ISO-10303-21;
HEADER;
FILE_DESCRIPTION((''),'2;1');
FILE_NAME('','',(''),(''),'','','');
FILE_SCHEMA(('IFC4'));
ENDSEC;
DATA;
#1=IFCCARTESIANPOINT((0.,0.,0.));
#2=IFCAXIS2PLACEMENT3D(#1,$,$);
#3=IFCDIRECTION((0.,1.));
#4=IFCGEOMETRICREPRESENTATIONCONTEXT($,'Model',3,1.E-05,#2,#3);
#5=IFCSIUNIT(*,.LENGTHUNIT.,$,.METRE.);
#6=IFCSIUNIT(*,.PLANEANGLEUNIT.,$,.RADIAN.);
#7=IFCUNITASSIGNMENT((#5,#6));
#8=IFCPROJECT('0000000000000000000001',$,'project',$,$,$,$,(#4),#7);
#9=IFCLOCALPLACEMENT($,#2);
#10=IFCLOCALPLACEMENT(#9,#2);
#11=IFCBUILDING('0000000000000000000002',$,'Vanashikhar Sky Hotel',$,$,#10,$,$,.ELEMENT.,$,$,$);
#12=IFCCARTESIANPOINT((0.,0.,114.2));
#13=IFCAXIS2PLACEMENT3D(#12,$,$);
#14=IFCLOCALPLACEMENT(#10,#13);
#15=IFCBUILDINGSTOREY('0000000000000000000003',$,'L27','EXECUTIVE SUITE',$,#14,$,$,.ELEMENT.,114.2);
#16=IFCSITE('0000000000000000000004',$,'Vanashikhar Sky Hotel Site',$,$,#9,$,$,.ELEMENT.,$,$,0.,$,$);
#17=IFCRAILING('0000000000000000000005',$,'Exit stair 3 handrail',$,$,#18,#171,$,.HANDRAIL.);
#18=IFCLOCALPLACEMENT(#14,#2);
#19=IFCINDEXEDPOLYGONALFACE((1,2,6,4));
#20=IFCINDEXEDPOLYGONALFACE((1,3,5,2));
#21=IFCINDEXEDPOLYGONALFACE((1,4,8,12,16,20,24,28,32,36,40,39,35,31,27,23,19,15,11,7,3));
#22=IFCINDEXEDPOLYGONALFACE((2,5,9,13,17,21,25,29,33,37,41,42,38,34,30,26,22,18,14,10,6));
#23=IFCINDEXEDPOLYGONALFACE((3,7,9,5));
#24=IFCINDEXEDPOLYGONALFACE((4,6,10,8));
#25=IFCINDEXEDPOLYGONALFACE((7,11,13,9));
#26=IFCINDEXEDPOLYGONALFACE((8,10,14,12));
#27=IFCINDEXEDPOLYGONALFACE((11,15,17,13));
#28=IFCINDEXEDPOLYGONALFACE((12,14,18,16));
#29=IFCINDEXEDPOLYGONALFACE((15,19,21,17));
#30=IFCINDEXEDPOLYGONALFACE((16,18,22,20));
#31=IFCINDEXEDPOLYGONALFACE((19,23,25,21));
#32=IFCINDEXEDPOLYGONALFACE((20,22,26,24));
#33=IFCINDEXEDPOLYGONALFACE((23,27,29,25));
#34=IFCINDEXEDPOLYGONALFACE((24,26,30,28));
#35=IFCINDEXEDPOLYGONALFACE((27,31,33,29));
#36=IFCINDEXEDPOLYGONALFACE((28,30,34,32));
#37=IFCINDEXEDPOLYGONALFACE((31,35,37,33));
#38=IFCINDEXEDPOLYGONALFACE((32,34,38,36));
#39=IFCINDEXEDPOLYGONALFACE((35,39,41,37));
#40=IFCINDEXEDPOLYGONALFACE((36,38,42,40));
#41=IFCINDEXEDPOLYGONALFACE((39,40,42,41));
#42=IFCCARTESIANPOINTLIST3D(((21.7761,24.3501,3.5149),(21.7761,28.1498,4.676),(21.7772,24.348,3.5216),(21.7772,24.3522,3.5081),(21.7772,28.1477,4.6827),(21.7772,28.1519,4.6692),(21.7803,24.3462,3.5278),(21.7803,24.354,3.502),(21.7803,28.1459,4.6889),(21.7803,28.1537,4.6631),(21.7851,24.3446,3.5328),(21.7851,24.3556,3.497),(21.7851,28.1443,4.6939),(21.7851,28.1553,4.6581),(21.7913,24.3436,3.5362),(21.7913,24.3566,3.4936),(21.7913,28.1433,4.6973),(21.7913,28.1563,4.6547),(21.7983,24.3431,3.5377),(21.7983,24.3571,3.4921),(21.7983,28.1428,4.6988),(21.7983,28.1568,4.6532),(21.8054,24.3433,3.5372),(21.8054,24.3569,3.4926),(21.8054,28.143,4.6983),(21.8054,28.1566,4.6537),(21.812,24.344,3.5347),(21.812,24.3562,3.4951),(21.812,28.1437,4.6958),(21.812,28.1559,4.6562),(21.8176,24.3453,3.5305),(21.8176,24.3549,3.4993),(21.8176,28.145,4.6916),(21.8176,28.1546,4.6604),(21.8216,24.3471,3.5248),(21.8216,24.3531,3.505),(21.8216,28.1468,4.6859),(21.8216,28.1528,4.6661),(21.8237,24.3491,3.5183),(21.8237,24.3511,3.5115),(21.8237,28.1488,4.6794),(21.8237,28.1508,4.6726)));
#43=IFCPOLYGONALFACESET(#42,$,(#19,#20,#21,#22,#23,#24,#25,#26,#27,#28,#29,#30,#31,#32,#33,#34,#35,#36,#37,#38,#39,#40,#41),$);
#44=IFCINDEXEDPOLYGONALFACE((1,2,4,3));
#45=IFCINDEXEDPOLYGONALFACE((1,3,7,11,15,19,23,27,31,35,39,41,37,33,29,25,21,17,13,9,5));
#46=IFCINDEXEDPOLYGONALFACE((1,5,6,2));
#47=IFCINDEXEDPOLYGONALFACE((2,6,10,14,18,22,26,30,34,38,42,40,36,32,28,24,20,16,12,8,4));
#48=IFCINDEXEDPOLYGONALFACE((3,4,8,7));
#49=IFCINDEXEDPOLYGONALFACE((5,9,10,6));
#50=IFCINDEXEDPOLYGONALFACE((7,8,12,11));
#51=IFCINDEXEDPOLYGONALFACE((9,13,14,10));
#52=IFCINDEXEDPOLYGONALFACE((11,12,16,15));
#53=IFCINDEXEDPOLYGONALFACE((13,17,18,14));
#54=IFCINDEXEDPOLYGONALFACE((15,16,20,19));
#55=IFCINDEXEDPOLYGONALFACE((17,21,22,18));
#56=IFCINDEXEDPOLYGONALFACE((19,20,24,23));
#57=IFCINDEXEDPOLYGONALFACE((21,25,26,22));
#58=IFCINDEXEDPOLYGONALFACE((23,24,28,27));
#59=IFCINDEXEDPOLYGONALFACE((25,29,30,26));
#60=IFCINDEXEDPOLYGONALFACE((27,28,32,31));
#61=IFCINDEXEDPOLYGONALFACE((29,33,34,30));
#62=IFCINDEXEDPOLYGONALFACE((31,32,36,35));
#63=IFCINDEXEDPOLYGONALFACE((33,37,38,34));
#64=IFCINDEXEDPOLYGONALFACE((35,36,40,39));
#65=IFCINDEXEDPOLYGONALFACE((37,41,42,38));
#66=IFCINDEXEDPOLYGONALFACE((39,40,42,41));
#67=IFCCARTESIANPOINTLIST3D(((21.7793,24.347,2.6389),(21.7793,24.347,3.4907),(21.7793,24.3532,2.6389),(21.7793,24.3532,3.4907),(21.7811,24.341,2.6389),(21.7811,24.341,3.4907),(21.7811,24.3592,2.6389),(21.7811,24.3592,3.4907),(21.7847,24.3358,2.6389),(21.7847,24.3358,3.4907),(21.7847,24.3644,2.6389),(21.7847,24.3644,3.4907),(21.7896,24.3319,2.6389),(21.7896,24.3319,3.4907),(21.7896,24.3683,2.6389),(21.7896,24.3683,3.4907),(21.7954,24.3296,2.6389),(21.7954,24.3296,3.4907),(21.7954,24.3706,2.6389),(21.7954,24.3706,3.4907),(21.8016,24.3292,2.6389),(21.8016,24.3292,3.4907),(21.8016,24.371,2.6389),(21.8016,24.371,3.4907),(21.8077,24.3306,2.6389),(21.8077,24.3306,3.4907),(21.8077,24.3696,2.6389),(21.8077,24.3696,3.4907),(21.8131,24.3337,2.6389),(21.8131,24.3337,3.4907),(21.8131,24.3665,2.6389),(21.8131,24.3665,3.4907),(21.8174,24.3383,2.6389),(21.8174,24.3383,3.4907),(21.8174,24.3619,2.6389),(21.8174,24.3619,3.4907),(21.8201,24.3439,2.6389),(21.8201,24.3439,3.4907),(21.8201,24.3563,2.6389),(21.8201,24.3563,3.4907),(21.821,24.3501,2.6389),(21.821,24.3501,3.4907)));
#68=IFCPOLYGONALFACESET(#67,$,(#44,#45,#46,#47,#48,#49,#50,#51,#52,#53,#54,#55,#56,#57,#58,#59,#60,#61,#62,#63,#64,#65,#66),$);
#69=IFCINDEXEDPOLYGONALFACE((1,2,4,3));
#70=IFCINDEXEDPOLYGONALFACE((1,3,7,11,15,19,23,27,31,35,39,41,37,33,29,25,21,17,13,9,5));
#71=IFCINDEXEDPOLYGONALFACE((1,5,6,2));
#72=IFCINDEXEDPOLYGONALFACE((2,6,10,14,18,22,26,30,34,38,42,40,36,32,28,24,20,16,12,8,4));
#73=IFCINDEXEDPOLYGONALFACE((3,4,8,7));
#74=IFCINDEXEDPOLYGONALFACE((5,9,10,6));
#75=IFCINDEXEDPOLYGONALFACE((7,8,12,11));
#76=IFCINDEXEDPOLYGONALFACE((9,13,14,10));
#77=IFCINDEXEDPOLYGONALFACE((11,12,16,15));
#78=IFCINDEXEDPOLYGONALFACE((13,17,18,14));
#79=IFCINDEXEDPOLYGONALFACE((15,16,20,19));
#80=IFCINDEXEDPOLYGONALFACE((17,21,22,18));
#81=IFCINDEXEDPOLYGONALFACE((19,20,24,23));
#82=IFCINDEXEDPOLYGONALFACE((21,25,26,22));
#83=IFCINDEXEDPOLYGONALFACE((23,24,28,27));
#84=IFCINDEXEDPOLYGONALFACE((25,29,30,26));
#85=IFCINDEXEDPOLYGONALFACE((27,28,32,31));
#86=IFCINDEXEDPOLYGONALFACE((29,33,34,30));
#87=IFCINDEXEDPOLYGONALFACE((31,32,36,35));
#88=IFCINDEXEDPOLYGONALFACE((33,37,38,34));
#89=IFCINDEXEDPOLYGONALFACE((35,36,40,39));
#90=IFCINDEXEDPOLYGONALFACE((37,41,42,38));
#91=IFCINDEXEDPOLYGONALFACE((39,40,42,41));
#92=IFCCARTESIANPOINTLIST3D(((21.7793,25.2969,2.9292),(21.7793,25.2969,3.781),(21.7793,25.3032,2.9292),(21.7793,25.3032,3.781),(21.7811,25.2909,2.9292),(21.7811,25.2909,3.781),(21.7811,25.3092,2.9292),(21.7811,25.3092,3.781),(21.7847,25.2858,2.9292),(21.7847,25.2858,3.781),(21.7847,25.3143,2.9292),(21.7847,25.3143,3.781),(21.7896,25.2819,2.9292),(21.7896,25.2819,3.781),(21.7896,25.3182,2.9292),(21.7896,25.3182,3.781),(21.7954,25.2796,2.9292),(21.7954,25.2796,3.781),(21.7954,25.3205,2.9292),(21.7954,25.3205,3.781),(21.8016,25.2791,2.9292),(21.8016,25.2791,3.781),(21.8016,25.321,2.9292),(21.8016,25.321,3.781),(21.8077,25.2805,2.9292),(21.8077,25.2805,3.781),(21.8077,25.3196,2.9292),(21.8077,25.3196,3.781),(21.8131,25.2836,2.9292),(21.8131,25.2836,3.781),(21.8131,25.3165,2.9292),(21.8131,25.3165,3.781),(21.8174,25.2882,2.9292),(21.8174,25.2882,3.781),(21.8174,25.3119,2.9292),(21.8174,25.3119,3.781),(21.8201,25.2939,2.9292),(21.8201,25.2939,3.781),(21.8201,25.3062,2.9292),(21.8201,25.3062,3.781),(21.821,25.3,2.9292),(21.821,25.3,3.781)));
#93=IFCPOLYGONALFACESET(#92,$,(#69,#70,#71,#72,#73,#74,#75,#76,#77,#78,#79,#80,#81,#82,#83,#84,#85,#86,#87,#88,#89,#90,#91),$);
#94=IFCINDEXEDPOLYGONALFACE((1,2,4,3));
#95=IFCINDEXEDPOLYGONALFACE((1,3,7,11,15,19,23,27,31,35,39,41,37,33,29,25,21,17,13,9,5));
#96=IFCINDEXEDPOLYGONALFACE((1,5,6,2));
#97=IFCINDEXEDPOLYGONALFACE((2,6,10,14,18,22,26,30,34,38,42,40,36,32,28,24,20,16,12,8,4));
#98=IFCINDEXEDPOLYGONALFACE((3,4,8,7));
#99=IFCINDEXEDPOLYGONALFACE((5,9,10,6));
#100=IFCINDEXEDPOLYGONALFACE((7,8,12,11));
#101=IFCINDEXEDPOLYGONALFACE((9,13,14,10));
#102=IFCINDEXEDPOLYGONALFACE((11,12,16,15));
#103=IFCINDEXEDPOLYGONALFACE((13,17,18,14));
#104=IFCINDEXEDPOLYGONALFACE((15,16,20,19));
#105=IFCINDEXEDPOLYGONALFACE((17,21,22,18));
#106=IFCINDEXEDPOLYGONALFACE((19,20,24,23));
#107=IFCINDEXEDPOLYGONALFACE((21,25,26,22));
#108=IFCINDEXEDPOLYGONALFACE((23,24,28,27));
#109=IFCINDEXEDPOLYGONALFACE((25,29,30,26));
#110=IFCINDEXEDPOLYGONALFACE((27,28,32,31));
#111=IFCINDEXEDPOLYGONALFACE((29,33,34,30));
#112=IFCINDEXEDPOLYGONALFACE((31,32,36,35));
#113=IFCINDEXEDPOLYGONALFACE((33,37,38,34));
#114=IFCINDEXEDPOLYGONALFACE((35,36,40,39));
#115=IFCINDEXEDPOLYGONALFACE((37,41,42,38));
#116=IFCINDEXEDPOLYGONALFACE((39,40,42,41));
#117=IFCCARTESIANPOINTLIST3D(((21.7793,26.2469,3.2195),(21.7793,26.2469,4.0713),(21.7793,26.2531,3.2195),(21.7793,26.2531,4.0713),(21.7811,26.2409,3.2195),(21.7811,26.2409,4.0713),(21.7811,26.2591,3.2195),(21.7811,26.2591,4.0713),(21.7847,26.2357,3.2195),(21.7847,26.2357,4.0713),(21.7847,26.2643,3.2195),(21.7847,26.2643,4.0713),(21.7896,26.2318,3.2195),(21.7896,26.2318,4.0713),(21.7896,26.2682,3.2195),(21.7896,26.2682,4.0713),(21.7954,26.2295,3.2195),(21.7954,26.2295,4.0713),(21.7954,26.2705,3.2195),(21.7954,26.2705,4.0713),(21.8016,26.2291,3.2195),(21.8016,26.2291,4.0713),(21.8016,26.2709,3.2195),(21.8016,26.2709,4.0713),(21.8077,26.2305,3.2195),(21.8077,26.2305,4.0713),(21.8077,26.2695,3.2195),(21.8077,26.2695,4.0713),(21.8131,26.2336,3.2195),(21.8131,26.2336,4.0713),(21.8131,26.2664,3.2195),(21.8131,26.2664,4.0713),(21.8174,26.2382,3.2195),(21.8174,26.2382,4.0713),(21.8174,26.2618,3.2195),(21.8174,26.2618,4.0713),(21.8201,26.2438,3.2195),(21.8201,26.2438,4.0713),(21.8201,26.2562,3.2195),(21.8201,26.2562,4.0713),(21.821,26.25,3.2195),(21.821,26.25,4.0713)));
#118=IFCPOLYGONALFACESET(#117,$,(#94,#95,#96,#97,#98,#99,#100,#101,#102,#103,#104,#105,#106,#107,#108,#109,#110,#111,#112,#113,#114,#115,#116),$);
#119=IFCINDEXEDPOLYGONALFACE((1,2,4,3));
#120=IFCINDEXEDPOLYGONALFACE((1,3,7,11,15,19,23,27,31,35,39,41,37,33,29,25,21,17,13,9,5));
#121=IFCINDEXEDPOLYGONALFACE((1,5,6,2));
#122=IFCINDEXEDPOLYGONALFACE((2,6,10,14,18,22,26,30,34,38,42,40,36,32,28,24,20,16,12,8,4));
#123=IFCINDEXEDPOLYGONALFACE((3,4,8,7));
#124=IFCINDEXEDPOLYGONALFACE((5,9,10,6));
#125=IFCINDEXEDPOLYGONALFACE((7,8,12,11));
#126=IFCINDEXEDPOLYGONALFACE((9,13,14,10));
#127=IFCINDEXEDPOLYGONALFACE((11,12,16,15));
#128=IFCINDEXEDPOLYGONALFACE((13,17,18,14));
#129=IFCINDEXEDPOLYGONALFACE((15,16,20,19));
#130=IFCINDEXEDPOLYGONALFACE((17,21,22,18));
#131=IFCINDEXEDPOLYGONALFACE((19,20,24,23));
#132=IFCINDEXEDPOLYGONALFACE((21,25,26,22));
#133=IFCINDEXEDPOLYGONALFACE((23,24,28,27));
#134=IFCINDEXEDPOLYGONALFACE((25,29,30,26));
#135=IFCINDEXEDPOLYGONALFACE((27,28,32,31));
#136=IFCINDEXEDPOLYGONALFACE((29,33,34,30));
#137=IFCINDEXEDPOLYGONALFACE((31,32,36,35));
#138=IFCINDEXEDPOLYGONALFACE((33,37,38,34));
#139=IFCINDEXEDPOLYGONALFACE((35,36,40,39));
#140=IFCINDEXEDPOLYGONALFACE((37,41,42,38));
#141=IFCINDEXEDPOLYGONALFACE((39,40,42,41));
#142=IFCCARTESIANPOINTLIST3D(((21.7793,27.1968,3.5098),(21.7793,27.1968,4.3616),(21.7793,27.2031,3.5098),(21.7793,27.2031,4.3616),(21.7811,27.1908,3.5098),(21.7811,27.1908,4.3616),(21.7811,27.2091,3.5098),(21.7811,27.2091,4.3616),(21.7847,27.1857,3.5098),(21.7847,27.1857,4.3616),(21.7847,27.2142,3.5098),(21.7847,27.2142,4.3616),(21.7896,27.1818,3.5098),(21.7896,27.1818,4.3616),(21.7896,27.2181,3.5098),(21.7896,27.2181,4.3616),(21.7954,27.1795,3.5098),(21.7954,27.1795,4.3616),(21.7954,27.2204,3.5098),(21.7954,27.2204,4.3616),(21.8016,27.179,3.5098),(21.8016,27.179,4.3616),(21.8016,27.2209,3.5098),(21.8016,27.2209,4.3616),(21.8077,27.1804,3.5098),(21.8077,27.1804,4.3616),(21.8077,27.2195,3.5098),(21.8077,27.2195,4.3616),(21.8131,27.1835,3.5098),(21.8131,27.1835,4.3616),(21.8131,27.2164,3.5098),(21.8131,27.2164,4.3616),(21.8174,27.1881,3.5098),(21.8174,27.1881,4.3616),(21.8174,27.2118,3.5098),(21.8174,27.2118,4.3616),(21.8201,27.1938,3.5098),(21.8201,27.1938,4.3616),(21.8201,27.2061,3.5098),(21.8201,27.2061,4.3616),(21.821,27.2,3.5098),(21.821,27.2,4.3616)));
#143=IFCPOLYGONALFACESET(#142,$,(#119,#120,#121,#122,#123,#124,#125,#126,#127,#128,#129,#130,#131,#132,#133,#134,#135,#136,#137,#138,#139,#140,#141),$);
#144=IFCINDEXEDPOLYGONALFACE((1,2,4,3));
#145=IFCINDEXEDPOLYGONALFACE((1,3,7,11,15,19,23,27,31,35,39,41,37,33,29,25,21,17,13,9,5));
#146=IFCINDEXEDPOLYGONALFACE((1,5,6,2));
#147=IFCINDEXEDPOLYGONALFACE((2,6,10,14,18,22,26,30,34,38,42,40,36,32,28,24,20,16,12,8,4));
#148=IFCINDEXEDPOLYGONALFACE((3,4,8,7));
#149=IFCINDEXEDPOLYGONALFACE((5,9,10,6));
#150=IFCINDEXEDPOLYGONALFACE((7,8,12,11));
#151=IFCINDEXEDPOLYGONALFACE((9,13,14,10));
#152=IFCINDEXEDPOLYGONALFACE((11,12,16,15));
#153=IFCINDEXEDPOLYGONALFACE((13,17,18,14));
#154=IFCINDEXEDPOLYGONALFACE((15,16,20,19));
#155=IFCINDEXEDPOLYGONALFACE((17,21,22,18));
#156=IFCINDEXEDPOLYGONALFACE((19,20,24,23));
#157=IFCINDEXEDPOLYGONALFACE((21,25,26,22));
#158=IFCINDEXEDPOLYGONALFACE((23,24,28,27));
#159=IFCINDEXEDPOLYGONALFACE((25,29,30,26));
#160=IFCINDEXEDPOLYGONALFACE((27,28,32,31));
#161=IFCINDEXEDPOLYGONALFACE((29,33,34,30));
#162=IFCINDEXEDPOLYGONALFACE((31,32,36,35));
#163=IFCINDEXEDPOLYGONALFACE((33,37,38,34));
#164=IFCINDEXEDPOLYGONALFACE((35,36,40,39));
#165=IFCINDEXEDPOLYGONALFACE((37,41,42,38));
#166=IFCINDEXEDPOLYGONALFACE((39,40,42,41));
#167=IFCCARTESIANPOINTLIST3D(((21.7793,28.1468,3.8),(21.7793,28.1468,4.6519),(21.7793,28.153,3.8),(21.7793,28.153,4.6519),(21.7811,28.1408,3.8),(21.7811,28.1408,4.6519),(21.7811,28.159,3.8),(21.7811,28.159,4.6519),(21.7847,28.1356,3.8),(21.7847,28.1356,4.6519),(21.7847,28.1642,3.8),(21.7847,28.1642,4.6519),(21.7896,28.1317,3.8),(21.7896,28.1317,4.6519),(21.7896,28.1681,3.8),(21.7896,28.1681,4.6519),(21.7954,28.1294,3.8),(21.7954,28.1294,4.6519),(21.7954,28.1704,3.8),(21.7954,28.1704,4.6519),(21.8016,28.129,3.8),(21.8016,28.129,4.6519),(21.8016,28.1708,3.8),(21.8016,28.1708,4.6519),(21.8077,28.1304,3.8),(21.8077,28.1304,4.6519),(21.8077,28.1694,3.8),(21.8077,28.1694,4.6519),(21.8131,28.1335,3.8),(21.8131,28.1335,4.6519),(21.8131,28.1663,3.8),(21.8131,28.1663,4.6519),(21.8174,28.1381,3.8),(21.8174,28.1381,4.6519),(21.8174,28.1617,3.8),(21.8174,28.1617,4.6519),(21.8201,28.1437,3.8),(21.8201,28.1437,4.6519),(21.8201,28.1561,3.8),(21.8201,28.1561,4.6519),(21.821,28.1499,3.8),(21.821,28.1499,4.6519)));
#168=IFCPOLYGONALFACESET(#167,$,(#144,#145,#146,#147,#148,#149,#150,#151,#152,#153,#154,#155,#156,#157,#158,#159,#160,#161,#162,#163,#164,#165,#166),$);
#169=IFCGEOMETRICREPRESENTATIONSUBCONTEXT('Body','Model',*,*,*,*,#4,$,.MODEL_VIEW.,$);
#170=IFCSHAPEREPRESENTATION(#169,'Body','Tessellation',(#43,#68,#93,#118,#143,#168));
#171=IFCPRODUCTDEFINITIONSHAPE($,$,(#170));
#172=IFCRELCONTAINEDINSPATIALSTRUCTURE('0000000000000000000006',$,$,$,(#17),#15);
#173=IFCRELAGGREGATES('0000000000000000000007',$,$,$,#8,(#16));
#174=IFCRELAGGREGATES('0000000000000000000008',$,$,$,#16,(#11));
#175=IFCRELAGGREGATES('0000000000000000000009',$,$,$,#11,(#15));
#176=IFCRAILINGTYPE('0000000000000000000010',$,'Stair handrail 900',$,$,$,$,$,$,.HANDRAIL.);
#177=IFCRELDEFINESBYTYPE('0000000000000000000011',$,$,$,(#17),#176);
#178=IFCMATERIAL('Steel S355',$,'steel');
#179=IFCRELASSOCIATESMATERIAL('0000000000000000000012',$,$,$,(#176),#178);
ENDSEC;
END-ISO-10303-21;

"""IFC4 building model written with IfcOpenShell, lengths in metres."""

from ifc_helpers import new_model, si_unit, direction, frame, origin, origin_2d, place, context, subcontext, project, spatial, circle, extrude, source, transform, mapped, material, type_object, element, save


model = new_model("IFC4")

# Units and contexts
model_context = context("Model", 3, precision=1e-05, world=origin(), true_north=direction((0.0, 1.0)))
body_context = subcontext(model_context, "Body", "Model", "MODEL_VIEW")
ifc_project = project(units=[si_unit("LENGTHUNIT", "METRE"), si_unit("PLANEANGLEUNIT", "RADIAN")], contexts=[model_context])

# Site, building, storey
site_placement = place(None, origin())
site = spatial("IfcSite", under=ifc_project, at=site_placement, Name="Vanashikhar Sky Hotel Site", CompositionType="ELEMENT", RefElevation=0.0)
building_placement = place(site_placement, origin())
building = spatial("IfcBuilding", under=site, at=building_placement, Name="Vanashikhar Sky Hotel", CompositionType="ELEMENT")
storey_placement = place(building_placement, frame((0.0, 0.0, 114.2)))
storey = spatial("IfcBuildingStorey", under=building, at=storey_placement, Name="L27", Description="EXECUTIVE SUITE", CompositionType="ELEMENT", Elevation=114.2)

# Railing
ifc_material_1 = material(Name="Steel S355", Category="steel")
railing_type_1 = type_object("IfcRailingType", Name="Stair handrail 900", PredefinedType="HANDRAIL", material=ifc_material_1)
shared_shape_1 = source(origin(), body_context, "Body", "SweptSolid", [
    extrude(circle(Radius=0.0239, at=origin_2d()), frame((0.0, 0.0, 0.876), z_axis=(0.0, 0.956346, 0.292237), x_axis=(-1.0, 0.0, 0.0)), (0.0, 0.0, 1.0), 3.9731),
    extrude(circle(Radius=0.021, at=origin_2d()), origin(), (0.0, 0.0, 1.0), 0.8518),
    extrude(circle(Radius=0.021, at=origin_2d()), frame((0.0, 0.95, 0.2903)), (0.0, 0.0, 1.0), 0.8518),
    extrude(circle(Radius=0.021, at=origin_2d()), frame((0.0, 1.8999, 0.5806)), (0.0, 0.0, 1.0), 0.8518),
    extrude(circle(Radius=0.021, at=origin_2d()), frame((0.0, 2.8499, 0.8708)), (0.0, 0.0, 1.0), 0.8518),
    extrude(circle(Radius=0.021, at=origin_2d()), frame((0.0, 3.7998, 1.1611)), (0.0, 0.0, 1.0), 0.8518),
])
railing_1_placement = place(storey_placement, frame((21.8, 24.3501, 2.6389)))
element("IfcRailing", 1, at=railing_1_placement, inside=storey, type_object=railing_type_1, Name="Exit stair 3 handrail", PredefinedType="HANDRAIL", context=body_context, shape_type="MappedRepresentation", body=[
    mapped(shared_shape_1, transform((0.0, 0.0, 0.0), scale=1.0)),
])

save(model, "model.ifc")
